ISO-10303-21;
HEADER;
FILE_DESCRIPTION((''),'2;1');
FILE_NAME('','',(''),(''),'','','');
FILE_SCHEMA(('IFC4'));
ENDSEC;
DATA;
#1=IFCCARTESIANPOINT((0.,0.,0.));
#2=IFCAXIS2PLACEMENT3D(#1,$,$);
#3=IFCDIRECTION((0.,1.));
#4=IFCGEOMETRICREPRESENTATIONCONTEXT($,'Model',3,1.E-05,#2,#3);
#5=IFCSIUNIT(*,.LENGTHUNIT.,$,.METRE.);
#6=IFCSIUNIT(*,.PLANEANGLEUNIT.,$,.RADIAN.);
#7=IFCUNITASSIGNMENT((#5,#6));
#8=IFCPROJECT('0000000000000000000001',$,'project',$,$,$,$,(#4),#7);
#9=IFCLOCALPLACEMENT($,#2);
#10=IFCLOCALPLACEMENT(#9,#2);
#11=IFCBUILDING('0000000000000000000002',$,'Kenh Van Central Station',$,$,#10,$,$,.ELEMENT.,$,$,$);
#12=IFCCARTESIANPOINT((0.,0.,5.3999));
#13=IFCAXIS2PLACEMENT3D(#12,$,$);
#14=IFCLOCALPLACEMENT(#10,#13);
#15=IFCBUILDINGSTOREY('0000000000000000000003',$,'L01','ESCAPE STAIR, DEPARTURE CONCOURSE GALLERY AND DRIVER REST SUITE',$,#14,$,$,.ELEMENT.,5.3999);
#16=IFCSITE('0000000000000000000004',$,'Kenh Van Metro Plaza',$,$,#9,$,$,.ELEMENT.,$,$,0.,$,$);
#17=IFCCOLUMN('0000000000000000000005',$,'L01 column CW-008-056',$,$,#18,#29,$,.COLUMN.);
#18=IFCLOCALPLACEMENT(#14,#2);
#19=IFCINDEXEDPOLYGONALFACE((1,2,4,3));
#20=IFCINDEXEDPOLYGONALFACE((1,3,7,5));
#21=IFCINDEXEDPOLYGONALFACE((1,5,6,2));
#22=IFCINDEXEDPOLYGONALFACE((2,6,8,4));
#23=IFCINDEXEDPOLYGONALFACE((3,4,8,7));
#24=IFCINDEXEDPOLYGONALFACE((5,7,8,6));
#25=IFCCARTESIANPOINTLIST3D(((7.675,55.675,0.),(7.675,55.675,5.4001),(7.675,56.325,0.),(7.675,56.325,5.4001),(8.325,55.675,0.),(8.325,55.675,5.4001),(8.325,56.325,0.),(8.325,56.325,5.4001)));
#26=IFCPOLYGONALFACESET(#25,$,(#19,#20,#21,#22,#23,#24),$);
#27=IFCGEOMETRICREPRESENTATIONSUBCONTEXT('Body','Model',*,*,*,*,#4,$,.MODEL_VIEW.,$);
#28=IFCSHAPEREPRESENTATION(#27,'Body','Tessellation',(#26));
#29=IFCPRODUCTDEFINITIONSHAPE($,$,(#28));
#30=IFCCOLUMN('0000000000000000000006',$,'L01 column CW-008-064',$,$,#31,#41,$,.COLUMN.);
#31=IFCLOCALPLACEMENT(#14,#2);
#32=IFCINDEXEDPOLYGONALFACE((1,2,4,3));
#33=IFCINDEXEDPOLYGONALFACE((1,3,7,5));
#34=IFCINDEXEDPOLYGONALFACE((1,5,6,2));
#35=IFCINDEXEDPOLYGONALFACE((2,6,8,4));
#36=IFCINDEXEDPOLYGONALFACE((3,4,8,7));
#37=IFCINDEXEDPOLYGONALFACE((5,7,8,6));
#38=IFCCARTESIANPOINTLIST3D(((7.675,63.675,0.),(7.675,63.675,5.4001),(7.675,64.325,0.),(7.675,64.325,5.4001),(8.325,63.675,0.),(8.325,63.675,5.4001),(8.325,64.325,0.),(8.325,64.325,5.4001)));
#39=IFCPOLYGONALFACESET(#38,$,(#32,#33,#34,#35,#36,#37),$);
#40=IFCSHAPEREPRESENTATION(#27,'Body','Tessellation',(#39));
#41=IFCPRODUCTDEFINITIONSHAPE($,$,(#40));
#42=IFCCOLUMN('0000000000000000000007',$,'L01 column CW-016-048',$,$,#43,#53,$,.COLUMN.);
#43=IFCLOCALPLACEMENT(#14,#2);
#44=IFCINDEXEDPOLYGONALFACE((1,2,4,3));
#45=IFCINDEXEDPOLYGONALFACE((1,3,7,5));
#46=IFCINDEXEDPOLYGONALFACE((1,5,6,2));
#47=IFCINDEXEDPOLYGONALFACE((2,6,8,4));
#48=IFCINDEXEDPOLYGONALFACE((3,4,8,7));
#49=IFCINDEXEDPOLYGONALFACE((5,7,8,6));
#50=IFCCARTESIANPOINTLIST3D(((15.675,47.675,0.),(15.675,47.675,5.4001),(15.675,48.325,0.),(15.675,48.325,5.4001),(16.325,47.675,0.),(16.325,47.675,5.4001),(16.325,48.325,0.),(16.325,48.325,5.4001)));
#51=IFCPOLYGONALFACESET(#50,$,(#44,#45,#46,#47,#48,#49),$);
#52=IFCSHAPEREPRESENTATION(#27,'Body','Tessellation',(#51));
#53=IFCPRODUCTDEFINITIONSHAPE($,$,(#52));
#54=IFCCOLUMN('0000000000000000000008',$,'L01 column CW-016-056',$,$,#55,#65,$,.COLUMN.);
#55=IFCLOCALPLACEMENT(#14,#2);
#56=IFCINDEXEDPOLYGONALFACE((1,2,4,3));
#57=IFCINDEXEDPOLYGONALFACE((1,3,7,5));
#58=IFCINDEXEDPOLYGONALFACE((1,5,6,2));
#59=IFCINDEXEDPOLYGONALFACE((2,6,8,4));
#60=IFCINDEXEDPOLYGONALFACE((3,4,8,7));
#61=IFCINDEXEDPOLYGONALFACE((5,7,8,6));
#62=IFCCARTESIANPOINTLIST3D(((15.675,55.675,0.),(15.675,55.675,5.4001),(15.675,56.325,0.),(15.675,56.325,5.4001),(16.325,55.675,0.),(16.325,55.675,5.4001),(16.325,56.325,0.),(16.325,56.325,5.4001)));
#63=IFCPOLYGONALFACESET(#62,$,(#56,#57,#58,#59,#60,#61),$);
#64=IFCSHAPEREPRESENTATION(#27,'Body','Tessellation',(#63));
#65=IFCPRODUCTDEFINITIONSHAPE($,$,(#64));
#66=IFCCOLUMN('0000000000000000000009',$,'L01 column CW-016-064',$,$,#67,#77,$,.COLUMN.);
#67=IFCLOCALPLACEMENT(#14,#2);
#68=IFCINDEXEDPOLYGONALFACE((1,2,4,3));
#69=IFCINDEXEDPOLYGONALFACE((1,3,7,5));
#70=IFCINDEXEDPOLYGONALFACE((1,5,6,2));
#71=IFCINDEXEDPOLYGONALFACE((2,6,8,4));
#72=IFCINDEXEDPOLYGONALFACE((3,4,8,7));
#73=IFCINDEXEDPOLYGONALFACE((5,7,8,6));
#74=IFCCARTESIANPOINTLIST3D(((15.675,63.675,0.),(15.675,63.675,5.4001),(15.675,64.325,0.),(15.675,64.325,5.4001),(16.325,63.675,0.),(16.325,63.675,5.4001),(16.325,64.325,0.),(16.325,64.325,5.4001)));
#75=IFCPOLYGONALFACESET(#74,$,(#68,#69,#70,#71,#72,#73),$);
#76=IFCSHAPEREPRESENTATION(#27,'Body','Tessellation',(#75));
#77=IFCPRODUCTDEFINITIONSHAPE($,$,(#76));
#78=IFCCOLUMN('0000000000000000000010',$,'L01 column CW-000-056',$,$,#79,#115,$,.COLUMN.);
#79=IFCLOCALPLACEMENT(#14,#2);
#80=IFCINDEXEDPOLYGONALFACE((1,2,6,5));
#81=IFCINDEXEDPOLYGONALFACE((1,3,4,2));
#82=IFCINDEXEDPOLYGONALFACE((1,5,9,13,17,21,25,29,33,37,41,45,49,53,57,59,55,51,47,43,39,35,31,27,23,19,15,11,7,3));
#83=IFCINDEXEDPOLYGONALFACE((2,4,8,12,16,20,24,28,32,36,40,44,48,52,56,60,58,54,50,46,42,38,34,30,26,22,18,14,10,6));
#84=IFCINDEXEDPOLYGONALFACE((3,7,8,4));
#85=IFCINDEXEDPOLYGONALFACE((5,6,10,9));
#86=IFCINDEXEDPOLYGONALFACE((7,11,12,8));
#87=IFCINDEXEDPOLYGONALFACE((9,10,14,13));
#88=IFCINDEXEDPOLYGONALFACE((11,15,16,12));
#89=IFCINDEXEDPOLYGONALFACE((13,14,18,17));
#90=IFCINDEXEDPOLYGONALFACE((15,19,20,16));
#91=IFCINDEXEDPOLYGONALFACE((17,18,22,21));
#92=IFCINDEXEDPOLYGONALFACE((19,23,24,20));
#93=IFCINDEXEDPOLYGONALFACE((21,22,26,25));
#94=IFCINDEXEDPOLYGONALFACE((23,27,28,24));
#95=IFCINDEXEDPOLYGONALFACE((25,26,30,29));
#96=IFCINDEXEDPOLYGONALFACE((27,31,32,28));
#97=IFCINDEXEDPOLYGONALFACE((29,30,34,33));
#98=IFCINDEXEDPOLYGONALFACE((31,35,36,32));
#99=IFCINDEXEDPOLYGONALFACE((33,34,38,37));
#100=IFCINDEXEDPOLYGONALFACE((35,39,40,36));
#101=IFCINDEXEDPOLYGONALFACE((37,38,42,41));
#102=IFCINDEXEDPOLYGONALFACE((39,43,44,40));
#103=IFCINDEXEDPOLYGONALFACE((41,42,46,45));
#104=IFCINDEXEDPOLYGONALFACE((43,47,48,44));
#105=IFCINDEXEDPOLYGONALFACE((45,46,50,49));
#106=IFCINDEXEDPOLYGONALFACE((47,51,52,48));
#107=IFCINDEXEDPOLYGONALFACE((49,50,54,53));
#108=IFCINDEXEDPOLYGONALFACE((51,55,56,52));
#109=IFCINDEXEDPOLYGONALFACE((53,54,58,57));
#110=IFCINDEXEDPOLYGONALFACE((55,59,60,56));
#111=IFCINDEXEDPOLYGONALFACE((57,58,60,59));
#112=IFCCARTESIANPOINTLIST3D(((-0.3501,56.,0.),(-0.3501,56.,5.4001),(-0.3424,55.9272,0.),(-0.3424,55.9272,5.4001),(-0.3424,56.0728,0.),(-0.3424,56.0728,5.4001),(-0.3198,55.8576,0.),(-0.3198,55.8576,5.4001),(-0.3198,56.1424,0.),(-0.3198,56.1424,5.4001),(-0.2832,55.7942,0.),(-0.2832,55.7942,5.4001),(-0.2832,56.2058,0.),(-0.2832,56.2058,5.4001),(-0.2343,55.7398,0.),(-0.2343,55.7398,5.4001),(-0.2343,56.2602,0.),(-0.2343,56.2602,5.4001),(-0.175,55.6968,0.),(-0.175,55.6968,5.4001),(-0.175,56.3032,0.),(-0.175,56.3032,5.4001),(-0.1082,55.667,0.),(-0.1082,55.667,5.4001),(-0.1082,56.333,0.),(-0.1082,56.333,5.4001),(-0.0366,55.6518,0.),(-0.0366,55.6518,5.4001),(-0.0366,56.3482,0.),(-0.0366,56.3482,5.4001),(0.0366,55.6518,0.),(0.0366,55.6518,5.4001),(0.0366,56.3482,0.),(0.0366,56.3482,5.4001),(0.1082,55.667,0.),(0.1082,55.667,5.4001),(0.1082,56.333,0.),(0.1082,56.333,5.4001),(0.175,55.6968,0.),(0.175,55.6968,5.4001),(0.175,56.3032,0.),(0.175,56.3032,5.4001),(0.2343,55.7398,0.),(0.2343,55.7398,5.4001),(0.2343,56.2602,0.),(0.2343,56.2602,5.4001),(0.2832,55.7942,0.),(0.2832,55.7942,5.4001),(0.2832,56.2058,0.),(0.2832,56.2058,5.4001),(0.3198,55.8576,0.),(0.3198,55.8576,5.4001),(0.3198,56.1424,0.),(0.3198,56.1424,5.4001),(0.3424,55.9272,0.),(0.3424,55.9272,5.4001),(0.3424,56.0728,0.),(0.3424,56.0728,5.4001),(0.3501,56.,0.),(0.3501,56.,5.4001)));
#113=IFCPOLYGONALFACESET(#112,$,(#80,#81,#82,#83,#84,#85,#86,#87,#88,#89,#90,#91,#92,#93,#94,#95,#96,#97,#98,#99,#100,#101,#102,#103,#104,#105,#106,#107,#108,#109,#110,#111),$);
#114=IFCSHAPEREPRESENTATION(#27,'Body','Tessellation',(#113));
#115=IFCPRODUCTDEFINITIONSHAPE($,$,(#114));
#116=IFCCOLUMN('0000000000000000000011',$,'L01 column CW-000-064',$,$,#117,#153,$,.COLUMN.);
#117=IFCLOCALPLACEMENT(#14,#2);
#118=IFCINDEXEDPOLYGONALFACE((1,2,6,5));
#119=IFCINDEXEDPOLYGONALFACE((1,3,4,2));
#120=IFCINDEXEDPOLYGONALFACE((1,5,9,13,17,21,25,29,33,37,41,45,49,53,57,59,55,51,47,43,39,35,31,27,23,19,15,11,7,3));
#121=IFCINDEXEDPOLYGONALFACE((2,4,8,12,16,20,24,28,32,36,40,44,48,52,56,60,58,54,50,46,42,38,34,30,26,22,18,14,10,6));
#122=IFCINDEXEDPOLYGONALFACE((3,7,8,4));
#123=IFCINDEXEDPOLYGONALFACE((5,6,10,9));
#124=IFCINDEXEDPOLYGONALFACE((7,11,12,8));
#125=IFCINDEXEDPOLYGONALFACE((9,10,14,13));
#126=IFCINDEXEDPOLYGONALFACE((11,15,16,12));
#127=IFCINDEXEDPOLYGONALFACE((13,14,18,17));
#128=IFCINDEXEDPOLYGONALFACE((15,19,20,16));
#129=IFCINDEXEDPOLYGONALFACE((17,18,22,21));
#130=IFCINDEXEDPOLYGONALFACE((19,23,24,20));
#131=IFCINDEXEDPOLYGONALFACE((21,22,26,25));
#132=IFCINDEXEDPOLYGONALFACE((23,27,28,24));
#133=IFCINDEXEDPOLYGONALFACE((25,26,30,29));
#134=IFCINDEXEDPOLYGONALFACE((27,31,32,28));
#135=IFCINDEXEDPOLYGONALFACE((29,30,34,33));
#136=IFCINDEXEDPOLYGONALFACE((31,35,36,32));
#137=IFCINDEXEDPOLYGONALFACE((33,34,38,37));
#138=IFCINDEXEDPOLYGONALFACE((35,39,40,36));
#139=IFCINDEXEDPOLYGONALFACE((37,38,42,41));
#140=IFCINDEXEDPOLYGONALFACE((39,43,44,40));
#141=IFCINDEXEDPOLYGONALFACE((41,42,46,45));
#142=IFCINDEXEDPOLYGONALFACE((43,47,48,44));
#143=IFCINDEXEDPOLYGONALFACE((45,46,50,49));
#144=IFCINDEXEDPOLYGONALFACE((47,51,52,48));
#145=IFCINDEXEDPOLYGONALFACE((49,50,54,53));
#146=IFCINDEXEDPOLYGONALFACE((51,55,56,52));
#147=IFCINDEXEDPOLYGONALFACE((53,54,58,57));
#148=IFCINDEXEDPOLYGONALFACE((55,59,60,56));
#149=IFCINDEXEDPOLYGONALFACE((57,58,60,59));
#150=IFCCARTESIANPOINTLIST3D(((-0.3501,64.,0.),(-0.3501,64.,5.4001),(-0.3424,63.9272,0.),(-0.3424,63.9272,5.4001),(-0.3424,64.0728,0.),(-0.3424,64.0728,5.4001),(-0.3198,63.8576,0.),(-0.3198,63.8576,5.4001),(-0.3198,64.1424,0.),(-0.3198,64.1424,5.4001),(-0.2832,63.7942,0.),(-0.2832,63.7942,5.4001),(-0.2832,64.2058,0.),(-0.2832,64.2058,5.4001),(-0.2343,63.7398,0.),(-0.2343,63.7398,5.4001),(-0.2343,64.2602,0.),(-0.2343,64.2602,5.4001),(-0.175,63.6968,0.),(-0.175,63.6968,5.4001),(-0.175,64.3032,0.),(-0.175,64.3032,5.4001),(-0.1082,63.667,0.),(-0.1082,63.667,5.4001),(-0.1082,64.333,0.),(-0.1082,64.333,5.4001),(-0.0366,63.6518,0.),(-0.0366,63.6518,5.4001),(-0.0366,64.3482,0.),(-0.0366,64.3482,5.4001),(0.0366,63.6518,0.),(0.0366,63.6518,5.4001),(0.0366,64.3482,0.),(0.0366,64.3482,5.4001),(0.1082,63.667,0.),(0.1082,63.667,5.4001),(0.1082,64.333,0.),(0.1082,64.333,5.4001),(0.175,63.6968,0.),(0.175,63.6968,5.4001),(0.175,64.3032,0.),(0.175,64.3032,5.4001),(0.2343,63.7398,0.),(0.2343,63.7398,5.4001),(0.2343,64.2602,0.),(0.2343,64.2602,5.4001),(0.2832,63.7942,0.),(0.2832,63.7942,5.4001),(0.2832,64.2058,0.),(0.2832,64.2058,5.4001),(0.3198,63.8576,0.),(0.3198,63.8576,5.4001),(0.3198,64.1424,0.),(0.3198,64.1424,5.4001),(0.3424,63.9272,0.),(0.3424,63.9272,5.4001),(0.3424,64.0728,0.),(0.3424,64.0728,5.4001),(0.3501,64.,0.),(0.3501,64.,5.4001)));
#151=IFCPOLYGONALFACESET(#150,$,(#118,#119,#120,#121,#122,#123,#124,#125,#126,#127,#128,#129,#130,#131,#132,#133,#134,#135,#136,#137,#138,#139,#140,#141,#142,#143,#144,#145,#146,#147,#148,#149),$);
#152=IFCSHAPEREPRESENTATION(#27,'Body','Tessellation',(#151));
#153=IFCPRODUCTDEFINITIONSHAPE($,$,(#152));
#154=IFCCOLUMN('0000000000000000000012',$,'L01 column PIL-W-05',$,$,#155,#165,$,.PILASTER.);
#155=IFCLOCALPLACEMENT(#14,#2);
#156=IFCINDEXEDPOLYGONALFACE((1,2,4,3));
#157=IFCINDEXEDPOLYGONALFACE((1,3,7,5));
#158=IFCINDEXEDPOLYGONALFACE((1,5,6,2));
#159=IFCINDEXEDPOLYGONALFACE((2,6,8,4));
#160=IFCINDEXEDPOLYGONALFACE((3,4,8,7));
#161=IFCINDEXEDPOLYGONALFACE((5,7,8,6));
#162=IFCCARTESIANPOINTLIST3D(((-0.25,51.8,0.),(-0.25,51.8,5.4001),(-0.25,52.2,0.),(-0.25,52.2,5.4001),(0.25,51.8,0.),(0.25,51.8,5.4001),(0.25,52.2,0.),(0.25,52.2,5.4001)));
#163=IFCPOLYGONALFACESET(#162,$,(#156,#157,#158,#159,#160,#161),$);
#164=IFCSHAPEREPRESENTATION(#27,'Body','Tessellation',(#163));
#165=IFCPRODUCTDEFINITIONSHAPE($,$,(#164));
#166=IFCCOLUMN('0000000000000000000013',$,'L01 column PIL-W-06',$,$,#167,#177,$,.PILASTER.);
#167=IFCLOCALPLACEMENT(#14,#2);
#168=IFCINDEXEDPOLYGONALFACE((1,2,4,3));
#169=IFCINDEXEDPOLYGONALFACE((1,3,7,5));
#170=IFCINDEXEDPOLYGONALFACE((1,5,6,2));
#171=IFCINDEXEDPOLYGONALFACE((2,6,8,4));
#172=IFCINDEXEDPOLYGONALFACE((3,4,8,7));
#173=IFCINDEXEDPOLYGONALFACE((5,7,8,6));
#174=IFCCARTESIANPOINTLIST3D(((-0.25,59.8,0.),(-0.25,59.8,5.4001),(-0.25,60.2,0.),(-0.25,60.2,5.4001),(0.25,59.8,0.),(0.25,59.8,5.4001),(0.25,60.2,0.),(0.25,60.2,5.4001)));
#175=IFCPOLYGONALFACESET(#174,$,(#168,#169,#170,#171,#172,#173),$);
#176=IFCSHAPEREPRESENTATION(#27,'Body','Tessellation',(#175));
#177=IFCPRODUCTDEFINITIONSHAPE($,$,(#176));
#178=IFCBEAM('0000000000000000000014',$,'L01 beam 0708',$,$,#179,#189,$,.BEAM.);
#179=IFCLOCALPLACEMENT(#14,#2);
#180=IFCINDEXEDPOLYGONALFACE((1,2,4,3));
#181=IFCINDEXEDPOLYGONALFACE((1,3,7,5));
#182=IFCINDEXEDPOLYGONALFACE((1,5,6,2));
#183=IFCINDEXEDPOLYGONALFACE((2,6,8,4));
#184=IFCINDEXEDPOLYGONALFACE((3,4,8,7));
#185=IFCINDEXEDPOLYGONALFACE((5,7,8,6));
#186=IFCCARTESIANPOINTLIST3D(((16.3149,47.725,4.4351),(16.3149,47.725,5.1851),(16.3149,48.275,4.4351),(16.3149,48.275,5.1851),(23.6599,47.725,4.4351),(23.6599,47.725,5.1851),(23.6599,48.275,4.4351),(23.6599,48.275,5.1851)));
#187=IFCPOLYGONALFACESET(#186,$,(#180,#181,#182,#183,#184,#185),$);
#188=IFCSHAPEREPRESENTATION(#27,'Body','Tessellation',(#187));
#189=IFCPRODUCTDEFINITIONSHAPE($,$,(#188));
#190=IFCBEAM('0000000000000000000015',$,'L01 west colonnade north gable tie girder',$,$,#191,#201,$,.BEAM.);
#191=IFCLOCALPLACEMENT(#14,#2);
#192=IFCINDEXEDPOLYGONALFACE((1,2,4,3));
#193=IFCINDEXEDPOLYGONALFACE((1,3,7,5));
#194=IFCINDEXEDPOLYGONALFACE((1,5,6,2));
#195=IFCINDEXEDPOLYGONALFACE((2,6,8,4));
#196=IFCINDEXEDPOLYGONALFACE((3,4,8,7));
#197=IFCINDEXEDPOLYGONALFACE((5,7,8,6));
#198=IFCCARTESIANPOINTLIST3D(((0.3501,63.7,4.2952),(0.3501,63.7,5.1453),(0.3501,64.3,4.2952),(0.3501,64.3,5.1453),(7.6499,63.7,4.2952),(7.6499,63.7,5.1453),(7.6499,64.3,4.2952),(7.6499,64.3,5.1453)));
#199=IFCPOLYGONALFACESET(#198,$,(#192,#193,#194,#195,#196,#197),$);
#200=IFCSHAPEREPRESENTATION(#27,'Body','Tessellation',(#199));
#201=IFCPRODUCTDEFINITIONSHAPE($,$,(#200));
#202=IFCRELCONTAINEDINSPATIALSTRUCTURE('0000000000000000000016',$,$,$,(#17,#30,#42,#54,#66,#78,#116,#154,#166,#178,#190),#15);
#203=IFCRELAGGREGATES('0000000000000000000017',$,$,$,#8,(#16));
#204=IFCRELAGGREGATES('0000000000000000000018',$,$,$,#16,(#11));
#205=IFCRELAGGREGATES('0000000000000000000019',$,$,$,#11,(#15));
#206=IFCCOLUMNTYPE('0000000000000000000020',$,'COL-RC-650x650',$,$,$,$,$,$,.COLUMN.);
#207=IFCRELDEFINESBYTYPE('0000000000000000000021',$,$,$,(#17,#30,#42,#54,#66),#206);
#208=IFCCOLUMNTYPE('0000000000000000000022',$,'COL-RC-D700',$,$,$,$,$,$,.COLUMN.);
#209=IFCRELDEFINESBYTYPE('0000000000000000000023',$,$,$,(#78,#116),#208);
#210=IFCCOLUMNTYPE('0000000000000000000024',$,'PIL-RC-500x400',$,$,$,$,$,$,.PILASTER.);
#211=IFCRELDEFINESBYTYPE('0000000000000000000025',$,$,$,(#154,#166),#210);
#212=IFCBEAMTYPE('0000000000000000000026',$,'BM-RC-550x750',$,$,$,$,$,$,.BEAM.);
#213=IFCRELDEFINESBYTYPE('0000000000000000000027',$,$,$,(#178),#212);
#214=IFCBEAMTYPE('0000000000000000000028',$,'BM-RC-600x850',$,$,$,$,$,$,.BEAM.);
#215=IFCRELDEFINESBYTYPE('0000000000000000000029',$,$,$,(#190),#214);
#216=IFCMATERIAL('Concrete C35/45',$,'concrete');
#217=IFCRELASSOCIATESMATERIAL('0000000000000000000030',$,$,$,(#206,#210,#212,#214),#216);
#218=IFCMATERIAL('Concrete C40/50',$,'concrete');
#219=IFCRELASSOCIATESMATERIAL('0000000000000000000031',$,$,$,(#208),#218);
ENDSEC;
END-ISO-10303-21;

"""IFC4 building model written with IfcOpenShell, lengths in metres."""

from ifc_helpers import new_model, si_unit, direction, frame, origin, origin_2d, place, context, subcontext, project, spatial, rectangle, circle, extrude, material, material_profile, profile_set, type_object, element, save


model = new_model("IFC4")

# Units and contexts
model_context = context("Model", 3, precision=1e-05, world=origin(), true_north=direction((0.0, 1.0)))
body_context = subcontext(model_context, "Body", "Model", "MODEL_VIEW")
ifc_project = project(units=[si_unit("LENGTHUNIT", "METRE"), si_unit("PLANEANGLEUNIT", "RADIAN")], contexts=[model_context])

# Site, building, storey
site_placement = place(None, origin())
site = spatial("IfcSite", under=ifc_project, at=site_placement, Name="Kenh Van Metro Plaza", CompositionType="ELEMENT", RefElevation=0.0)
building_placement = place(site_placement, origin())
building = spatial("IfcBuilding", under=site, at=building_placement, Name="Kenh Van Central Station", CompositionType="ELEMENT")
storey_placement = place(building_placement, frame((0.0, 0.0, 5.3999)))
storey = spatial("IfcBuildingStorey", under=building, at=storey_placement, Name="L01", Description="ESCAPE STAIR, DEPARTURE CONCOURSE GALLERY AND DRIVER REST SUITE", CompositionType="ELEMENT", Elevation=5.3999)

# Columns
ifc_material_1 = material(Name="Concrete C35/45", Category="concrete")
ifc_material_profile_1 = material_profile(ifc_material_1, rectangle(XDim=0.6499, YDim=0.6499, at=origin_2d()), Name="RC 650x650")
ifc_profile_set_1 = profile_set([ifc_material_profile_1], Name="Concrete C35/45")
column_type_1 = type_object("IfcColumnType", Name="COL-RC-650x650", PredefinedType="COLUMN", material=ifc_profile_set_1)
for number, where, z_axis, x_axis, name in (
    (1, (8.0, 56.0, 0.0), (0.0, 0.0, 1.0), (1.0, 0.0, 0.0), "L01 column CW-008-056"),
    (2, (8.0, 64.0, 0.0), (0.0, 0.0, 1.0), (1.0, 0.0, 0.0), "L01 column CW-008-064"),
    (3, (16.0, 48.0, 0.0), (0.0, 0.0, 1.0), (1.0, 0.0, 0.0), "L01 column CW-016-048"),
    (4, (16.0, 56.0, 0.0), (0.0, 0.0, 1.0), (1.0, 0.0, 0.0), "L01 column CW-016-056"),
    (5, (16.0, 64.0, 0.0), (0.0, 0.0, 1.0), (1.0, 0.0, 0.0), "L01 column CW-016-064"),
):
    element("IfcColumn", number, at=place(storey_placement, frame(where, z_axis=z_axis, x_axis=x_axis)), inside=storey, type_object=column_type_1, Name=name, PredefinedType="COLUMN", context=body_context, shape_type="SweptSolid", body=[
        extrude(rectangle(XDim=0.6499, YDim=0.6499, at=origin_2d()), origin(), (0.0, 0.0, 1.0), 5.4001),
    ])
ifc_material_2 = material(Name="Concrete C40/50", Category="concrete")
ifc_material_profile_2 = material_profile(ifc_material_2, circle(Radius=0.3501, at=origin_2d()), Name="RC D700")
ifc_profile_set_2 = profile_set([ifc_material_profile_2], Name="Concrete C40/50")
column_type_2 = type_object("IfcColumnType", Name="COL-RC-D700", PredefinedType="COLUMN", material=ifc_profile_set_2)
for number, where, z_axis, x_axis, name in (
    (6, (0.0, 56.0, 0.0), (0.0, 0.0, 1.0), (1.0, 0.0, 0.0), "L01 column CW-000-056"),
    (7, (0.0, 64.0, 0.0), (0.0, 0.0, 1.0), (1.0, 0.0, 0.0), "L01 column CW-000-064"),
):
    element("IfcColumn", number, at=place(storey_placement, frame(where, z_axis=z_axis, x_axis=x_axis)), inside=storey, type_object=column_type_2, Name=name, PredefinedType="COLUMN", context=body_context, shape_type="SweptSolid", body=[
        extrude(circle(Radius=0.3501, at=origin_2d()), origin(), (0.0, 0.0, 1.0), 5.4001),
    ])
ifc_material_profile_3 = material_profile(ifc_material_1, rectangle(XDim=0.5, YDim=0.3999, at=origin_2d()), Name="RC 500x400")
ifc_profile_set_3 = profile_set([ifc_material_profile_3], Name="Concrete C35/45")
column_type_3 = type_object("IfcColumnType", Name="PIL-RC-500x400", PredefinedType="PILASTER", material=ifc_profile_set_3)
for number, where, z_axis, x_axis, name in (
    (8, (0.0, 52.0, 0.0), (0.0, 0.0, 1.0), (1.0, 0.0, 0.0), "L01 column PIL-W-05"),
    (9, (0.0, 60.0, 0.0), (0.0, 0.0, 1.0), (1.0, 0.0, 0.0), "L01 column PIL-W-06"),
):
    element("IfcColumn", number, at=place(storey_placement, frame(where, z_axis=z_axis, x_axis=x_axis)), inside=storey, type_object=column_type_3, Name=name, PredefinedType="PILASTER", context=body_context, shape_type="SweptSolid", body=[
        extrude(rectangle(XDim=0.5, YDim=0.3999, at=origin_2d()), origin(), (0.0, 0.0, 1.0), 5.4001),
    ])

# Beams
ifc_material_profile_4 = material_profile(ifc_material_1, rectangle(XDim=0.55, YDim=0.75, at=origin_2d()), Name="RC 550x750")
ifc_profile_set_4 = profile_set([ifc_material_profile_4], Name="Concrete C35/45")
beam_type_1 = type_object("IfcBeamType", Name="BM-RC-550x750", PredefinedType="BEAM", material=ifc_profile_set_4)
beam_1_placement = place(storey_placement, frame((16.3149, 48.0, 4.8101), z_axis=(1.0, 0.0, 0.0), x_axis=(0.0, 1.0, 0.0)))
element("IfcBeam", 10, at=beam_1_placement, inside=storey, type_object=beam_type_1, Name="L01 beam 0708", PredefinedType="BEAM", context=body_context, shape_type="SweptSolid", body=[
    extrude(rectangle(XDim=0.55, YDim=0.75, at=origin_2d()), origin(), (0.0, 0.0, 1.0), 7.345),
])
ifc_material_profile_5 = material_profile(ifc_material_1, rectangle(XDim=0.6001, YDim=0.8501, at=origin_2d()), Name="RC 600x850")
ifc_profile_set_5 = profile_set([ifc_material_profile_5], Name="Concrete C35/45")
beam_type_2 = type_object("IfcBeamType", Name="BM-RC-600x850", PredefinedType="BEAM", material=ifc_profile_set_5)
beam_2_placement = place(storey_placement, frame((0.3501, 64.0, 4.7202), z_axis=(1.0, 0.0, 0.0), x_axis=(0.0, 1.0, 0.0)))
element("IfcBeam", 11, at=beam_2_placement, inside=storey, type_object=beam_type_2, Name="L01 west colonnade north gable tie girder", PredefinedType="BEAM", context=body_context, shape_type="SweptSolid", body=[
    extrude(rectangle(XDim=0.6001, YDim=0.8501, at=origin_2d()), origin(), (0.0, 0.0, 1.0), 7.2998),
])

save(model, "model.ifc")
